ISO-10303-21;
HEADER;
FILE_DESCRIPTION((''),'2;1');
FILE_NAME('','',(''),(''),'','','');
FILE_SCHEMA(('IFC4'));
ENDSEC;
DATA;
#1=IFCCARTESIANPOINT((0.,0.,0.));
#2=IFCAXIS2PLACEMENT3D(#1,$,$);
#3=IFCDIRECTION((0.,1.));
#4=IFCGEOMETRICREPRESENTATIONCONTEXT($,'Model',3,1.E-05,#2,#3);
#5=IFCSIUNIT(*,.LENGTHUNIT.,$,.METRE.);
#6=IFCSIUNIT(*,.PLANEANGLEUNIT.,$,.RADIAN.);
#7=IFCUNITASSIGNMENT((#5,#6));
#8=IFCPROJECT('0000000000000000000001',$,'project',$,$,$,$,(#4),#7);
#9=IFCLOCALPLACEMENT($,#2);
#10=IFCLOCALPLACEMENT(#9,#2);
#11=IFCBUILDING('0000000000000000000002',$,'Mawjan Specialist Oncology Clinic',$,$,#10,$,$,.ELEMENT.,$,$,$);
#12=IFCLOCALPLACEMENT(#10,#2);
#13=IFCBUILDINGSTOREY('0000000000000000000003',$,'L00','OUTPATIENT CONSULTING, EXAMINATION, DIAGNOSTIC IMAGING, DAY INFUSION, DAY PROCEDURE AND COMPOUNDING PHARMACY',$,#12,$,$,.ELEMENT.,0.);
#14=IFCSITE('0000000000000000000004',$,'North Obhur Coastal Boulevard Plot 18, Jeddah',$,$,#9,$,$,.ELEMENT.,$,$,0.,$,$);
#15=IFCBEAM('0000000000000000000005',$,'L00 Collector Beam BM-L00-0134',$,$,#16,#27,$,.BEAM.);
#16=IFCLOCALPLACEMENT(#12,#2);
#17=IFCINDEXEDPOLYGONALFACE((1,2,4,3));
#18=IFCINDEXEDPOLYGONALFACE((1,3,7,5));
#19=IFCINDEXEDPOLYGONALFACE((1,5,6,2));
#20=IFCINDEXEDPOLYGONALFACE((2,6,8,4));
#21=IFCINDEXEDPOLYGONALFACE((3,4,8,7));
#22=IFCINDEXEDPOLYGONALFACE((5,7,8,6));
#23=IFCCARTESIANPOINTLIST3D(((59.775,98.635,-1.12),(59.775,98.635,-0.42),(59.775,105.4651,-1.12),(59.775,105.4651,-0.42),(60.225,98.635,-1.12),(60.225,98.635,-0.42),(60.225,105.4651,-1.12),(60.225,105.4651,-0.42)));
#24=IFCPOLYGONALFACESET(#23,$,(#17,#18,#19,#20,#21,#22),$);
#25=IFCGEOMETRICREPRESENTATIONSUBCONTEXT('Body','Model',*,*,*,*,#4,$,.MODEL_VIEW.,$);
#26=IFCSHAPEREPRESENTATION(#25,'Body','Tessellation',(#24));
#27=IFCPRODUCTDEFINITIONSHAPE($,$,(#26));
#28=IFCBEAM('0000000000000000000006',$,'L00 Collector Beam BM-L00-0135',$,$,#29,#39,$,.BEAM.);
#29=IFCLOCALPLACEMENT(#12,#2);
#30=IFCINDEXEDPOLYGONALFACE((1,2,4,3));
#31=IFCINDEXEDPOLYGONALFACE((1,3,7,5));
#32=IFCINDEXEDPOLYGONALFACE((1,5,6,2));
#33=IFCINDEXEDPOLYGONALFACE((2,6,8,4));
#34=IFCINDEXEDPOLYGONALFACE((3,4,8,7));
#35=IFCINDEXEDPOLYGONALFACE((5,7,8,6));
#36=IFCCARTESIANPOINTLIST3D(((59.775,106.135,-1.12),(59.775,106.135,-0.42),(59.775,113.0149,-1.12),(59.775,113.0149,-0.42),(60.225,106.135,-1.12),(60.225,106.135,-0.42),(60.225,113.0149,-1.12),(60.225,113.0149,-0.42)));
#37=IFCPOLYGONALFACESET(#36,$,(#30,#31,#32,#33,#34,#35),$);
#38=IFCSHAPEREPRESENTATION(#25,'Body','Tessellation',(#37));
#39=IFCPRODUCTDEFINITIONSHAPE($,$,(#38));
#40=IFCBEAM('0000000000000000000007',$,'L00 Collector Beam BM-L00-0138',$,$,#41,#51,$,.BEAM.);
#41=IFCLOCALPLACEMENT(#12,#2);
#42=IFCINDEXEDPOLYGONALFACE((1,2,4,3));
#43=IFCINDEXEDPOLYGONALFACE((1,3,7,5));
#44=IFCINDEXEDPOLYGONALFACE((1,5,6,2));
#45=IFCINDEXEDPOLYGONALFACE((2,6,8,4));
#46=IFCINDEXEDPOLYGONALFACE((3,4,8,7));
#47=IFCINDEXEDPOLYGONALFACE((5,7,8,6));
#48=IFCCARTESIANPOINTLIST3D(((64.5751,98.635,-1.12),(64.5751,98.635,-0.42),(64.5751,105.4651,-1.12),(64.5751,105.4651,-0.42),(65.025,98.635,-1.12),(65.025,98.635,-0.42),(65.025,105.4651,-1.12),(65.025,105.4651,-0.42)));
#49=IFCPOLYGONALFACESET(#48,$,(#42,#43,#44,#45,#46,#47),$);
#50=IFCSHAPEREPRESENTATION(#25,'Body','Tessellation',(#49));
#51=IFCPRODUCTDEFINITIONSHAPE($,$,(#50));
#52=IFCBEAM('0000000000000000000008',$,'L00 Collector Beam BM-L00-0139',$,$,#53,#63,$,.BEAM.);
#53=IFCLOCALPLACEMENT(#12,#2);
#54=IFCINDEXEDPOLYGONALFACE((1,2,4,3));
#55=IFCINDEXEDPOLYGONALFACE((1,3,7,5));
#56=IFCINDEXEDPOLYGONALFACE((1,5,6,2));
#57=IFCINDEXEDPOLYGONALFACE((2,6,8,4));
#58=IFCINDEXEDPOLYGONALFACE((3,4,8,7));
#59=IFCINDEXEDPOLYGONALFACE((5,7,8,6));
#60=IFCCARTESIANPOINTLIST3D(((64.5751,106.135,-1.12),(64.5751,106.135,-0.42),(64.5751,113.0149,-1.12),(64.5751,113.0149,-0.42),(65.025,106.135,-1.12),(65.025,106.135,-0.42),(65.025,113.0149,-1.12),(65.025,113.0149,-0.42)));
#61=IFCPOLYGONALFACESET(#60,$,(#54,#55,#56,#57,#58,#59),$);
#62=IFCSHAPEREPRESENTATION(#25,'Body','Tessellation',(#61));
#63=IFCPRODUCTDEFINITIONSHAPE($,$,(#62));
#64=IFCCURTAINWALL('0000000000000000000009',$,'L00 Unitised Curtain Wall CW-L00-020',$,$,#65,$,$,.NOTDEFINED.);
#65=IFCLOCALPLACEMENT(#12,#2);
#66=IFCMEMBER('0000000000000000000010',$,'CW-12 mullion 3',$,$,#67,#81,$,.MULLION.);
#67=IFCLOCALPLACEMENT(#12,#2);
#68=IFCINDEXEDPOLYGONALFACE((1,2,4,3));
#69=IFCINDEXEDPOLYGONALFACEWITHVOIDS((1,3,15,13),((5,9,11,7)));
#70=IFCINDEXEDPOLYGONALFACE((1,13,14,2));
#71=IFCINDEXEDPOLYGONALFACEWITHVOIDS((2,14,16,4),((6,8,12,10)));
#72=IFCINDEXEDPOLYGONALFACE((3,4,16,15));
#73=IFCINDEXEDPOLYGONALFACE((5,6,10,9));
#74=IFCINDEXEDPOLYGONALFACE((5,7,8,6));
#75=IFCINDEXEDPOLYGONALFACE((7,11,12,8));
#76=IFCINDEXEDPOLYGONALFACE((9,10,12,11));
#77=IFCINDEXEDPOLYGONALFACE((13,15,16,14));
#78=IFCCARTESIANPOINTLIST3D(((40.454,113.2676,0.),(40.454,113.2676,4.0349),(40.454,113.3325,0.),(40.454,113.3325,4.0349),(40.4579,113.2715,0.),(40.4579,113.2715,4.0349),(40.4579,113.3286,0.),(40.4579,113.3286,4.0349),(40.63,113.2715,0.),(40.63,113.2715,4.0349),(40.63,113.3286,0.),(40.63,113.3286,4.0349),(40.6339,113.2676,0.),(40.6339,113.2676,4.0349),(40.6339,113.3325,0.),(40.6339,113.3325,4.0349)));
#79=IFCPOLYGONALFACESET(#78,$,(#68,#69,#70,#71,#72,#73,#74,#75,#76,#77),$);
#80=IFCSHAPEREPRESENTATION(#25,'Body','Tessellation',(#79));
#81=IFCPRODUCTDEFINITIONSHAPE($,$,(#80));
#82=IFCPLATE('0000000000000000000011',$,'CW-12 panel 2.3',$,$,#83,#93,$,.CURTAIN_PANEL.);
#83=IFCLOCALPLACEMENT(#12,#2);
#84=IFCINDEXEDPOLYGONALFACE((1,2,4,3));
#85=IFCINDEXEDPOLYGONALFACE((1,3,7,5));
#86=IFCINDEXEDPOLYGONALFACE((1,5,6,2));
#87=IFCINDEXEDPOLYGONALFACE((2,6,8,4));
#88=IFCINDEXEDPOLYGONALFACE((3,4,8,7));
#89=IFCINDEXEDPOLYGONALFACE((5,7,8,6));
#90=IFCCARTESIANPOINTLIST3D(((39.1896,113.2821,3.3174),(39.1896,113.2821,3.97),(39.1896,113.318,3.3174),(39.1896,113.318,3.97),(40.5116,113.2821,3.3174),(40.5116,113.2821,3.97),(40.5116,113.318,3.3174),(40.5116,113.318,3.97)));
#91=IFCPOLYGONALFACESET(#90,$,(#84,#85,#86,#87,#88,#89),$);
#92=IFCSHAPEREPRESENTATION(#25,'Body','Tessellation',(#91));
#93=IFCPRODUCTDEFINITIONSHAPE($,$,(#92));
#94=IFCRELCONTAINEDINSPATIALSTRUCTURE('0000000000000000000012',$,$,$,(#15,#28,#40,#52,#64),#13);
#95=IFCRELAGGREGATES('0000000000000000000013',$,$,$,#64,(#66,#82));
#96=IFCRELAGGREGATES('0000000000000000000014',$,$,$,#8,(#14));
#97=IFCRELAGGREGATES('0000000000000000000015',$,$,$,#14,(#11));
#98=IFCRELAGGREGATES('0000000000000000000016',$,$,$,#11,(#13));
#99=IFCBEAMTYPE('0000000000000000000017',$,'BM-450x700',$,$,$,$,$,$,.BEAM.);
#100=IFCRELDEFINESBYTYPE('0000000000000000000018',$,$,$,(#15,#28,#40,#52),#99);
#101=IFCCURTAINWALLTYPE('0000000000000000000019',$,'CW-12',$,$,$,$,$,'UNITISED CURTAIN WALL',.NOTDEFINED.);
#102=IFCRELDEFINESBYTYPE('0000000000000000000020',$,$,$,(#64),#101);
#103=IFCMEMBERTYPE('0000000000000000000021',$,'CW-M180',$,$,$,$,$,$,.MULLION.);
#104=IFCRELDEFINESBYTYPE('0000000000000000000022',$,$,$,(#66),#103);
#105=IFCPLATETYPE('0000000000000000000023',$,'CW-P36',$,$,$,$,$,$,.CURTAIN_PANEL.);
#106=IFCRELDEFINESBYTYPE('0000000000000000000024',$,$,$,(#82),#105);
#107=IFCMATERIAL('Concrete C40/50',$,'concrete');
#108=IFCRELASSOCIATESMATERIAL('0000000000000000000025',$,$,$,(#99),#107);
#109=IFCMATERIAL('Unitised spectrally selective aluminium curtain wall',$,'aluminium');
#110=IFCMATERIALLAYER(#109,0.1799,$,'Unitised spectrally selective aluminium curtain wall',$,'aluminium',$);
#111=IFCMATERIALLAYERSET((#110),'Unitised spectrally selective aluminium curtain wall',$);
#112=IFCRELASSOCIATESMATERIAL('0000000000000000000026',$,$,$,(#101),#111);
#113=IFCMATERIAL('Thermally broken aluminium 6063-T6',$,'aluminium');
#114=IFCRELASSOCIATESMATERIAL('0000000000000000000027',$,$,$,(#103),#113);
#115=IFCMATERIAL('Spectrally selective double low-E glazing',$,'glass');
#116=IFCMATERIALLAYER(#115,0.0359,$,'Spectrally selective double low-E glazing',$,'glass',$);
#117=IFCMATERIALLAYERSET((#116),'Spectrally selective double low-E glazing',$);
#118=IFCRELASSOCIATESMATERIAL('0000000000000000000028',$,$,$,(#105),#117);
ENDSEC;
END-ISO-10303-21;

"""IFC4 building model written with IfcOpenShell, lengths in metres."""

from ifc_helpers import new_model, si_unit, direction, frame, origin, origin_2d, place, context, subcontext, project, spatial, rectangle, hollow_rectangle, extrude, material, layer, layer_set, material_profile, profile_set, type_object, element, aggregate, save


model = new_model("IFC4")

# Units and contexts
model_context = context("Model", 3, precision=1e-05, world=origin(), true_north=direction((0.0, 1.0)))
body_context = subcontext(model_context, "Body", "Model", "MODEL_VIEW")
ifc_project = project(units=[si_unit("LENGTHUNIT", "METRE"), si_unit("PLANEANGLEUNIT", "RADIAN")], contexts=[model_context])

# Site, building, storey
site_placement = place(None, origin())
site = spatial("IfcSite", under=ifc_project, at=site_placement, Name="North Obhur Coastal Boulevard Plot 18, Jeddah", CompositionType="ELEMENT", RefElevation=0.0)
building_placement = place(site_placement, origin())
building = spatial("IfcBuilding", under=site, at=building_placement, Name="Mawjan Specialist Oncology Clinic", CompositionType="ELEMENT")
storey_placement = place(building_placement, origin())
storey = spatial("IfcBuildingStorey", under=building, at=storey_placement, Name="L00", Description="OUTPATIENT CONSULTING, EXAMINATION, DIAGNOSTIC IMAGING, DAY INFUSION, DAY PROCEDURE AND COMPOUNDING PHARMACY", CompositionType="ELEMENT", Elevation=0.0)

# Beams
ifc_material_1 = material(Name="Concrete C40/50", Category="concrete")
ifc_material_profile_1 = material_profile(ifc_material_1, rectangle(XDim=0.45, YDim=0.7, at=origin_2d()), Name="RC BM 450x700", Category="concrete")
ifc_profile_set_1 = profile_set([ifc_material_profile_1], Name="Concrete C40/50")
beam_type_1 = type_object("IfcBeamType", Name="BM-450x700", PredefinedType="BEAM", material=ifc_profile_set_1)
beam_1_placement = place(storey_placement, frame((60.0, 98.635, -0.77), z_axis=(0.0, 1.0, 0.0), x_axis=(-1.0, 0.0, 0.0)))
element("IfcBeam", 1, at=beam_1_placement, inside=storey, type_object=beam_type_1, Name="L00 Collector Beam BM-L00-0134", PredefinedType="BEAM", context=body_context, shape_type="SweptSolid", body=[
    extrude(rectangle(XDim=0.45, YDim=0.7, at=origin_2d()), origin(), (0.0, 0.0, 1.0), 6.8301),
])
beam_2_placement = place(storey_placement, frame((60.0, 106.135, -0.77), z_axis=(0.0, 1.0, 0.0), x_axis=(-1.0, 0.0, 0.0)))
element("IfcBeam", 2, at=beam_2_placement, inside=storey, type_object=beam_type_1, Name="L00 Collector Beam BM-L00-0135", PredefinedType="BEAM", context=body_context, shape_type="SweptSolid", body=[
    extrude(rectangle(XDim=0.45, YDim=0.7, at=origin_2d()), origin(), (0.0, 0.0, 1.0), 6.8799),
])
beam_3_placement = place(storey_placement, frame((64.8, 98.635, -0.77), z_axis=(0.0, 1.0, 0.0), x_axis=(-1.0, 0.0, 0.0)))
element("IfcBeam", 3, at=beam_3_placement, inside=storey, type_object=beam_type_1, Name="L00 Collector Beam BM-L00-0138", PredefinedType="BEAM", context=body_context, shape_type="SweptSolid", body=[
    extrude(rectangle(XDim=0.45, YDim=0.7, at=origin_2d()), origin(), (0.0, 0.0, 1.0), 6.8301),
])
beam_4_placement = place(storey_placement, frame((64.8, 106.135, -0.77), z_axis=(0.0, 1.0, 0.0), x_axis=(-1.0, 0.0, 0.0)))
element("IfcBeam", 4, at=beam_4_placement, inside=storey, type_object=beam_type_1, Name="L00 Collector Beam BM-L00-0139", PredefinedType="BEAM", context=body_context, shape_type="SweptSolid", body=[
    extrude(rectangle(XDim=0.45, YDim=0.7, at=origin_2d()), origin(), (0.0, 0.0, 1.0), 6.8799),
])

# Curtain wall, member, plate
ifc_material_2 = material(Name="Unitised spectrally selective aluminium curtain wall", Category="aluminium")
ifc_layer_1 = layer(ifc_material_2, 0.1799, Name="Unitised spectrally selective aluminium curtain wall", Category="aluminium")
ifc_layer_set_1 = layer_set([ifc_layer_1], Name="Unitised spectrally selective aluminium curtain wall")
curtain_wall_type = type_object("IfcCurtainWallType", Name="CW-12", ElementType="UNITISED CURTAIN WALL", PredefinedType="NOTDEFINED", material=ifc_layer_set_1)
curtain_wall_placement = place(storey_placement, origin())
curtain_wall = element("IfcCurtainWall", 5, at=curtain_wall_placement, inside=storey, type_object=curtain_wall_type, Name="L00 Unitised Curtain Wall CW-L00-020", PredefinedType="NOTDEFINED")
ifc_material_3 = material(Name="Thermally broken aluminium 6063-T6", Category="aluminium")
ifc_material_profile_2 = material_profile(ifc_material_3, hollow_rectangle(XDim=0.0649, YDim=0.1799, WallThickness=0.0039, at=origin_2d()), Name="ALU MULLION 180x65x4", Category="aluminium")
ifc_profile_set_2 = profile_set([ifc_material_profile_2], Name="Thermally broken aluminium 6063-T6")
member_type = type_object("IfcMemberType", Name="CW-M180", PredefinedType="MULLION", material=ifc_profile_set_2)
member_placement = place(storey_placement, frame((40.5439, 113.3, 0.0), z_axis=(0.0, 0.0, 1.0), x_axis=(0.0, 1.0, 0.0)))
member = element("IfcMember", 6, at=member_placement, type_object=member_type, Name="CW-12 mullion 3", PredefinedType="MULLION", context=body_context, shape_type="SweptSolid", body=[
    extrude(hollow_rectangle(XDim=0.0649, YDim=0.1799, WallThickness=0.0039, at=origin_2d()), origin(), (0.0, 0.0, 1.0), 4.0349),
])
ifc_material_4 = material(Name="Spectrally selective double low-E glazing", Category="glass")
ifc_layer_2 = layer(ifc_material_4, 0.0359, Name="Spectrally selective double low-E glazing", Category="glass")
ifc_layer_set_2 = layer_set([ifc_layer_2], Name="Spectrally selective double low-E glazing")
plate_type = type_object("IfcPlateType", Name="CW-P36", PredefinedType="CURTAIN_PANEL", material=ifc_layer_set_2)
plate_placement = place(storey_placement, frame((39.8506, 113.3, 3.3174), z_axis=(0.0, 0.0, 1.0), x_axis=(1.0, 0.0, 0.0)))
plate = element("IfcPlate", 7, at=plate_placement, type_object=plate_type, Name="CW-12 panel 2.3", PredefinedType="CURTAIN_PANEL", context=body_context, shape_type="SweptSolid", body=[
    extrude(rectangle(XDim=1.322, YDim=0.0359, at=origin_2d()), origin(), (0.0, 0.0, 1.0), 0.6526),
])
aggregate(curtain_wall, [member, plate])

save(model, "model.ifc")
